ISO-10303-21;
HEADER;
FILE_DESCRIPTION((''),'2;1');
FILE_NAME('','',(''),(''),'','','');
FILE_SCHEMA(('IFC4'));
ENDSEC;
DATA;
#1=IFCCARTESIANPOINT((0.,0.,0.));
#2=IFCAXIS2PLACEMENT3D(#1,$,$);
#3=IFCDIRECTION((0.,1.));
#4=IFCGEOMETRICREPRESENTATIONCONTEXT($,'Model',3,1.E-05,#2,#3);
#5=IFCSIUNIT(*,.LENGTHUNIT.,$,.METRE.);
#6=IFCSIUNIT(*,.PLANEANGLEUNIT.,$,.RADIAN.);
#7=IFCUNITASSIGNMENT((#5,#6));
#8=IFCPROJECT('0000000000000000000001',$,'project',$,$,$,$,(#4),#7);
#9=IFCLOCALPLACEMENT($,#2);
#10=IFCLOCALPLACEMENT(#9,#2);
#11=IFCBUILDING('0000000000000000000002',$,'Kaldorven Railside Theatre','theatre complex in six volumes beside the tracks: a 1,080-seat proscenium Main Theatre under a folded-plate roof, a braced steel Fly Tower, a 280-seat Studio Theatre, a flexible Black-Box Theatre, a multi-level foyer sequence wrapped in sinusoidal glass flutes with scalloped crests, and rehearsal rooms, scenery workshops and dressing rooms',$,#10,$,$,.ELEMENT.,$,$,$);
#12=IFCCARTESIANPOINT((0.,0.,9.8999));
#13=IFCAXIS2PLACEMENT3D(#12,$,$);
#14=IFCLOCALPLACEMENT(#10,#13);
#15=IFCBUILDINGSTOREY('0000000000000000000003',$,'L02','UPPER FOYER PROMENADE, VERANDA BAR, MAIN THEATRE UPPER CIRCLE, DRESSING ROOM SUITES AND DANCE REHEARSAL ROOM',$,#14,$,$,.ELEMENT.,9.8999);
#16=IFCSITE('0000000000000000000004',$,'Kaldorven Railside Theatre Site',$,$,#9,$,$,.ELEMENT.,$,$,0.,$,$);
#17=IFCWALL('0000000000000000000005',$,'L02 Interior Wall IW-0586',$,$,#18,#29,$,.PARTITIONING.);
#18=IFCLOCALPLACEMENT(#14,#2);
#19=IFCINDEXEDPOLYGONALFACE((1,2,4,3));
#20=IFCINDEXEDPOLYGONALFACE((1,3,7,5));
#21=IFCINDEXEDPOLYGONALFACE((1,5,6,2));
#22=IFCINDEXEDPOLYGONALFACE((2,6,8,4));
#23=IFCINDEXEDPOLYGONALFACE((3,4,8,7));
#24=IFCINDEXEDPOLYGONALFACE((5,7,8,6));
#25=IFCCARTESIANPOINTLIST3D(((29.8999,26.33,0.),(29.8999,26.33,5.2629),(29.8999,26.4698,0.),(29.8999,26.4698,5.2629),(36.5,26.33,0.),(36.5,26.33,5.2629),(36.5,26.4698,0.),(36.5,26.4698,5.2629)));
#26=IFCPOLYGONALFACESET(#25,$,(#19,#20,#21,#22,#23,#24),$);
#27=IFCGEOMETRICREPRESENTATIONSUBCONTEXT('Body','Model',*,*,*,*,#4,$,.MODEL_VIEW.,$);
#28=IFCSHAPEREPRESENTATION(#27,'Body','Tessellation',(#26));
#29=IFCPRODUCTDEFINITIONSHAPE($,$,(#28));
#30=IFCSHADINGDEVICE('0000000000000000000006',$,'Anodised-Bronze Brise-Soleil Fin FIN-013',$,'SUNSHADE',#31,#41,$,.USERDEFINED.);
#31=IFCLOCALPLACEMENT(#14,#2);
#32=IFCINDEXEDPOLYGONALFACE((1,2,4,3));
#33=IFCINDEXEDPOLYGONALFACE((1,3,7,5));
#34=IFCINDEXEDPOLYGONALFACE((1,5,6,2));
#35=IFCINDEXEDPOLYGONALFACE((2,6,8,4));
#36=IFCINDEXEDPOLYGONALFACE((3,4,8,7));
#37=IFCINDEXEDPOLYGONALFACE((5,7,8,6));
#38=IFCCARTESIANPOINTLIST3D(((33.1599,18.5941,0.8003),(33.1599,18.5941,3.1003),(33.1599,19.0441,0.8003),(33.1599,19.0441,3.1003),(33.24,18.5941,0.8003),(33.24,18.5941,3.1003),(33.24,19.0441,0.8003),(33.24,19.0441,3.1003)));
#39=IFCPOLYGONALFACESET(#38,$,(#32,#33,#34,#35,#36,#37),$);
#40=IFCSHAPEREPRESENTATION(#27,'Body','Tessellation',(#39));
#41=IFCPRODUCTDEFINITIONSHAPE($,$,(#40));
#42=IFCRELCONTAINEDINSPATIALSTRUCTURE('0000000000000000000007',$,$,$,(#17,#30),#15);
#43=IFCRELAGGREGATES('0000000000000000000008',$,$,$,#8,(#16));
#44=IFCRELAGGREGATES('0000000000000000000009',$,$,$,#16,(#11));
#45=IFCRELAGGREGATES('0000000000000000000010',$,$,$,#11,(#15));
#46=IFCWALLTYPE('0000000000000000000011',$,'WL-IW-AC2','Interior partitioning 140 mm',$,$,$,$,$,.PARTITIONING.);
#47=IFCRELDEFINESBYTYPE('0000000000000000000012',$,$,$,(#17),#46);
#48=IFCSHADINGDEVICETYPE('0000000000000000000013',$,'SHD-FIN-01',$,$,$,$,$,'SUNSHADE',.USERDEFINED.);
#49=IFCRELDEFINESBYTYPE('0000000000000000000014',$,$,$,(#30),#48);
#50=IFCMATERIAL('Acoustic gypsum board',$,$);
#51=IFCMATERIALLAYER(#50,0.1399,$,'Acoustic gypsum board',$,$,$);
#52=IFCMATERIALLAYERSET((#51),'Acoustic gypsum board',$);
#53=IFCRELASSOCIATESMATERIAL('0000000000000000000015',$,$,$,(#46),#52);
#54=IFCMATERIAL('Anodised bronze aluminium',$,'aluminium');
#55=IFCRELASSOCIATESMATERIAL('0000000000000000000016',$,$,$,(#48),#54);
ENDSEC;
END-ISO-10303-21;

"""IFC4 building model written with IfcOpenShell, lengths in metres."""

from ifc_helpers import new_model, si_unit, direction, frame, frame_2d, origin, origin_2d, place, context, subcontext, project, spatial, rectangle, extrude, material, layer, layer_set, type_object, element, save


model = new_model("IFC4")

# Units and contexts
model_context = context("Model", 3, precision=1e-05, world=origin(), true_north=direction((0.0, 1.0)))
body_context = subcontext(model_context, "Body", "Model", "MODEL_VIEW")
ifc_project = project(units=[si_unit("LENGTHUNIT", "METRE"), si_unit("PLANEANGLEUNIT", "RADIAN")], contexts=[model_context])

# Site, building, storey
site_placement = place(None, origin())
site = spatial("IfcSite", under=ifc_project, at=site_placement, Name="Kaldorven Railside Theatre Site", CompositionType="ELEMENT", RefElevation=0.0)
building_placement = place(site_placement, origin())
building = spatial("IfcBuilding", under=site, at=building_placement, Name="Kaldorven Railside Theatre", Description="theatre complex in six volumes beside the tracks: a 1,080-seat proscenium Main Theatre under a folded-plate roof, a braced steel Fly Tower, a 280-seat Studio Theatre, a flexible Black-Box Theatre, a multi-level foyer sequence wrapped in sinusoidal glass flutes with scalloped crests, and rehearsal rooms, scenery workshops and dressing rooms", CompositionType="ELEMENT")
storey_placement = place(building_placement, frame((0.0, 0.0, 9.8999)))
storey = spatial("IfcBuildingStorey", under=building, at=storey_placement, Name="L02", Description="UPPER FOYER PROMENADE, VERANDA BAR, MAIN THEATRE UPPER CIRCLE, DRESSING ROOM SUITES AND DANCE REHEARSAL ROOM", CompositionType="ELEMENT", Elevation=9.8999)

# Shared definitions
ifc_material_1 = material(Name="Anodised bronze aluminium", Category="aluminium")

# Wall
ifc_material_2 = material(Name="Acoustic gypsum board")
ifc_layer_1 = layer(ifc_material_2, 0.1399, Name="Acoustic gypsum board")
ifc_layer_set_1 = layer_set([ifc_layer_1], Name="Acoustic gypsum board")
wall_type_1 = type_object("IfcWallType", Name="WL-IW-AC2", Description="Interior partitioning 140 mm", PredefinedType="PARTITIONING", material=ifc_layer_set_1)
wall_1_placement = place(storey_placement, frame((29.8999, 26.3999, 0.0), z_axis=(0.0, 0.0, 1.0), x_axis=(1.0, 0.0, 0.0)))
element("IfcWall", 1, at=wall_1_placement, inside=storey, type_object=wall_type_1, Name="L02 Interior Wall IW-0586", PredefinedType="PARTITIONING", context=body_context, shape_type="SweptSolid", body=[
    extrude(rectangle(XDim=6.6001, YDim=0.1399, at=frame_2d((3.3, 0.0))), origin(), (0.0, 0.0, 1.0), 5.2629),
])

# Shading device
shading_device_type = type_object("IfcShadingDeviceType", Name="SHD-FIN-01", ElementType="SUNSHADE", PredefinedType="USERDEFINED", material=ifc_material_1)
shading_device_placement = place(storey_placement, frame((33.2, 18.8191, 0.8003), z_axis=(0.0, 0.0, 1.0), x_axis=(-1.0, 0.0, 0.0)))
element("IfcShadingDevice", 2, at=shading_device_placement, inside=storey, type_object=shading_device_type, Name="Anodised-Bronze Brise-Soleil Fin FIN-013", ObjectType="SUNSHADE", PredefinedType="USERDEFINED", context=body_context, shape_type="SweptSolid", body=[
    extrude(rectangle(XDim=0.0801, YDim=0.45, at=origin_2d()), origin(), (0.0, 0.0, 1.0), 2.3),
])

save(model, "model.ifc")
